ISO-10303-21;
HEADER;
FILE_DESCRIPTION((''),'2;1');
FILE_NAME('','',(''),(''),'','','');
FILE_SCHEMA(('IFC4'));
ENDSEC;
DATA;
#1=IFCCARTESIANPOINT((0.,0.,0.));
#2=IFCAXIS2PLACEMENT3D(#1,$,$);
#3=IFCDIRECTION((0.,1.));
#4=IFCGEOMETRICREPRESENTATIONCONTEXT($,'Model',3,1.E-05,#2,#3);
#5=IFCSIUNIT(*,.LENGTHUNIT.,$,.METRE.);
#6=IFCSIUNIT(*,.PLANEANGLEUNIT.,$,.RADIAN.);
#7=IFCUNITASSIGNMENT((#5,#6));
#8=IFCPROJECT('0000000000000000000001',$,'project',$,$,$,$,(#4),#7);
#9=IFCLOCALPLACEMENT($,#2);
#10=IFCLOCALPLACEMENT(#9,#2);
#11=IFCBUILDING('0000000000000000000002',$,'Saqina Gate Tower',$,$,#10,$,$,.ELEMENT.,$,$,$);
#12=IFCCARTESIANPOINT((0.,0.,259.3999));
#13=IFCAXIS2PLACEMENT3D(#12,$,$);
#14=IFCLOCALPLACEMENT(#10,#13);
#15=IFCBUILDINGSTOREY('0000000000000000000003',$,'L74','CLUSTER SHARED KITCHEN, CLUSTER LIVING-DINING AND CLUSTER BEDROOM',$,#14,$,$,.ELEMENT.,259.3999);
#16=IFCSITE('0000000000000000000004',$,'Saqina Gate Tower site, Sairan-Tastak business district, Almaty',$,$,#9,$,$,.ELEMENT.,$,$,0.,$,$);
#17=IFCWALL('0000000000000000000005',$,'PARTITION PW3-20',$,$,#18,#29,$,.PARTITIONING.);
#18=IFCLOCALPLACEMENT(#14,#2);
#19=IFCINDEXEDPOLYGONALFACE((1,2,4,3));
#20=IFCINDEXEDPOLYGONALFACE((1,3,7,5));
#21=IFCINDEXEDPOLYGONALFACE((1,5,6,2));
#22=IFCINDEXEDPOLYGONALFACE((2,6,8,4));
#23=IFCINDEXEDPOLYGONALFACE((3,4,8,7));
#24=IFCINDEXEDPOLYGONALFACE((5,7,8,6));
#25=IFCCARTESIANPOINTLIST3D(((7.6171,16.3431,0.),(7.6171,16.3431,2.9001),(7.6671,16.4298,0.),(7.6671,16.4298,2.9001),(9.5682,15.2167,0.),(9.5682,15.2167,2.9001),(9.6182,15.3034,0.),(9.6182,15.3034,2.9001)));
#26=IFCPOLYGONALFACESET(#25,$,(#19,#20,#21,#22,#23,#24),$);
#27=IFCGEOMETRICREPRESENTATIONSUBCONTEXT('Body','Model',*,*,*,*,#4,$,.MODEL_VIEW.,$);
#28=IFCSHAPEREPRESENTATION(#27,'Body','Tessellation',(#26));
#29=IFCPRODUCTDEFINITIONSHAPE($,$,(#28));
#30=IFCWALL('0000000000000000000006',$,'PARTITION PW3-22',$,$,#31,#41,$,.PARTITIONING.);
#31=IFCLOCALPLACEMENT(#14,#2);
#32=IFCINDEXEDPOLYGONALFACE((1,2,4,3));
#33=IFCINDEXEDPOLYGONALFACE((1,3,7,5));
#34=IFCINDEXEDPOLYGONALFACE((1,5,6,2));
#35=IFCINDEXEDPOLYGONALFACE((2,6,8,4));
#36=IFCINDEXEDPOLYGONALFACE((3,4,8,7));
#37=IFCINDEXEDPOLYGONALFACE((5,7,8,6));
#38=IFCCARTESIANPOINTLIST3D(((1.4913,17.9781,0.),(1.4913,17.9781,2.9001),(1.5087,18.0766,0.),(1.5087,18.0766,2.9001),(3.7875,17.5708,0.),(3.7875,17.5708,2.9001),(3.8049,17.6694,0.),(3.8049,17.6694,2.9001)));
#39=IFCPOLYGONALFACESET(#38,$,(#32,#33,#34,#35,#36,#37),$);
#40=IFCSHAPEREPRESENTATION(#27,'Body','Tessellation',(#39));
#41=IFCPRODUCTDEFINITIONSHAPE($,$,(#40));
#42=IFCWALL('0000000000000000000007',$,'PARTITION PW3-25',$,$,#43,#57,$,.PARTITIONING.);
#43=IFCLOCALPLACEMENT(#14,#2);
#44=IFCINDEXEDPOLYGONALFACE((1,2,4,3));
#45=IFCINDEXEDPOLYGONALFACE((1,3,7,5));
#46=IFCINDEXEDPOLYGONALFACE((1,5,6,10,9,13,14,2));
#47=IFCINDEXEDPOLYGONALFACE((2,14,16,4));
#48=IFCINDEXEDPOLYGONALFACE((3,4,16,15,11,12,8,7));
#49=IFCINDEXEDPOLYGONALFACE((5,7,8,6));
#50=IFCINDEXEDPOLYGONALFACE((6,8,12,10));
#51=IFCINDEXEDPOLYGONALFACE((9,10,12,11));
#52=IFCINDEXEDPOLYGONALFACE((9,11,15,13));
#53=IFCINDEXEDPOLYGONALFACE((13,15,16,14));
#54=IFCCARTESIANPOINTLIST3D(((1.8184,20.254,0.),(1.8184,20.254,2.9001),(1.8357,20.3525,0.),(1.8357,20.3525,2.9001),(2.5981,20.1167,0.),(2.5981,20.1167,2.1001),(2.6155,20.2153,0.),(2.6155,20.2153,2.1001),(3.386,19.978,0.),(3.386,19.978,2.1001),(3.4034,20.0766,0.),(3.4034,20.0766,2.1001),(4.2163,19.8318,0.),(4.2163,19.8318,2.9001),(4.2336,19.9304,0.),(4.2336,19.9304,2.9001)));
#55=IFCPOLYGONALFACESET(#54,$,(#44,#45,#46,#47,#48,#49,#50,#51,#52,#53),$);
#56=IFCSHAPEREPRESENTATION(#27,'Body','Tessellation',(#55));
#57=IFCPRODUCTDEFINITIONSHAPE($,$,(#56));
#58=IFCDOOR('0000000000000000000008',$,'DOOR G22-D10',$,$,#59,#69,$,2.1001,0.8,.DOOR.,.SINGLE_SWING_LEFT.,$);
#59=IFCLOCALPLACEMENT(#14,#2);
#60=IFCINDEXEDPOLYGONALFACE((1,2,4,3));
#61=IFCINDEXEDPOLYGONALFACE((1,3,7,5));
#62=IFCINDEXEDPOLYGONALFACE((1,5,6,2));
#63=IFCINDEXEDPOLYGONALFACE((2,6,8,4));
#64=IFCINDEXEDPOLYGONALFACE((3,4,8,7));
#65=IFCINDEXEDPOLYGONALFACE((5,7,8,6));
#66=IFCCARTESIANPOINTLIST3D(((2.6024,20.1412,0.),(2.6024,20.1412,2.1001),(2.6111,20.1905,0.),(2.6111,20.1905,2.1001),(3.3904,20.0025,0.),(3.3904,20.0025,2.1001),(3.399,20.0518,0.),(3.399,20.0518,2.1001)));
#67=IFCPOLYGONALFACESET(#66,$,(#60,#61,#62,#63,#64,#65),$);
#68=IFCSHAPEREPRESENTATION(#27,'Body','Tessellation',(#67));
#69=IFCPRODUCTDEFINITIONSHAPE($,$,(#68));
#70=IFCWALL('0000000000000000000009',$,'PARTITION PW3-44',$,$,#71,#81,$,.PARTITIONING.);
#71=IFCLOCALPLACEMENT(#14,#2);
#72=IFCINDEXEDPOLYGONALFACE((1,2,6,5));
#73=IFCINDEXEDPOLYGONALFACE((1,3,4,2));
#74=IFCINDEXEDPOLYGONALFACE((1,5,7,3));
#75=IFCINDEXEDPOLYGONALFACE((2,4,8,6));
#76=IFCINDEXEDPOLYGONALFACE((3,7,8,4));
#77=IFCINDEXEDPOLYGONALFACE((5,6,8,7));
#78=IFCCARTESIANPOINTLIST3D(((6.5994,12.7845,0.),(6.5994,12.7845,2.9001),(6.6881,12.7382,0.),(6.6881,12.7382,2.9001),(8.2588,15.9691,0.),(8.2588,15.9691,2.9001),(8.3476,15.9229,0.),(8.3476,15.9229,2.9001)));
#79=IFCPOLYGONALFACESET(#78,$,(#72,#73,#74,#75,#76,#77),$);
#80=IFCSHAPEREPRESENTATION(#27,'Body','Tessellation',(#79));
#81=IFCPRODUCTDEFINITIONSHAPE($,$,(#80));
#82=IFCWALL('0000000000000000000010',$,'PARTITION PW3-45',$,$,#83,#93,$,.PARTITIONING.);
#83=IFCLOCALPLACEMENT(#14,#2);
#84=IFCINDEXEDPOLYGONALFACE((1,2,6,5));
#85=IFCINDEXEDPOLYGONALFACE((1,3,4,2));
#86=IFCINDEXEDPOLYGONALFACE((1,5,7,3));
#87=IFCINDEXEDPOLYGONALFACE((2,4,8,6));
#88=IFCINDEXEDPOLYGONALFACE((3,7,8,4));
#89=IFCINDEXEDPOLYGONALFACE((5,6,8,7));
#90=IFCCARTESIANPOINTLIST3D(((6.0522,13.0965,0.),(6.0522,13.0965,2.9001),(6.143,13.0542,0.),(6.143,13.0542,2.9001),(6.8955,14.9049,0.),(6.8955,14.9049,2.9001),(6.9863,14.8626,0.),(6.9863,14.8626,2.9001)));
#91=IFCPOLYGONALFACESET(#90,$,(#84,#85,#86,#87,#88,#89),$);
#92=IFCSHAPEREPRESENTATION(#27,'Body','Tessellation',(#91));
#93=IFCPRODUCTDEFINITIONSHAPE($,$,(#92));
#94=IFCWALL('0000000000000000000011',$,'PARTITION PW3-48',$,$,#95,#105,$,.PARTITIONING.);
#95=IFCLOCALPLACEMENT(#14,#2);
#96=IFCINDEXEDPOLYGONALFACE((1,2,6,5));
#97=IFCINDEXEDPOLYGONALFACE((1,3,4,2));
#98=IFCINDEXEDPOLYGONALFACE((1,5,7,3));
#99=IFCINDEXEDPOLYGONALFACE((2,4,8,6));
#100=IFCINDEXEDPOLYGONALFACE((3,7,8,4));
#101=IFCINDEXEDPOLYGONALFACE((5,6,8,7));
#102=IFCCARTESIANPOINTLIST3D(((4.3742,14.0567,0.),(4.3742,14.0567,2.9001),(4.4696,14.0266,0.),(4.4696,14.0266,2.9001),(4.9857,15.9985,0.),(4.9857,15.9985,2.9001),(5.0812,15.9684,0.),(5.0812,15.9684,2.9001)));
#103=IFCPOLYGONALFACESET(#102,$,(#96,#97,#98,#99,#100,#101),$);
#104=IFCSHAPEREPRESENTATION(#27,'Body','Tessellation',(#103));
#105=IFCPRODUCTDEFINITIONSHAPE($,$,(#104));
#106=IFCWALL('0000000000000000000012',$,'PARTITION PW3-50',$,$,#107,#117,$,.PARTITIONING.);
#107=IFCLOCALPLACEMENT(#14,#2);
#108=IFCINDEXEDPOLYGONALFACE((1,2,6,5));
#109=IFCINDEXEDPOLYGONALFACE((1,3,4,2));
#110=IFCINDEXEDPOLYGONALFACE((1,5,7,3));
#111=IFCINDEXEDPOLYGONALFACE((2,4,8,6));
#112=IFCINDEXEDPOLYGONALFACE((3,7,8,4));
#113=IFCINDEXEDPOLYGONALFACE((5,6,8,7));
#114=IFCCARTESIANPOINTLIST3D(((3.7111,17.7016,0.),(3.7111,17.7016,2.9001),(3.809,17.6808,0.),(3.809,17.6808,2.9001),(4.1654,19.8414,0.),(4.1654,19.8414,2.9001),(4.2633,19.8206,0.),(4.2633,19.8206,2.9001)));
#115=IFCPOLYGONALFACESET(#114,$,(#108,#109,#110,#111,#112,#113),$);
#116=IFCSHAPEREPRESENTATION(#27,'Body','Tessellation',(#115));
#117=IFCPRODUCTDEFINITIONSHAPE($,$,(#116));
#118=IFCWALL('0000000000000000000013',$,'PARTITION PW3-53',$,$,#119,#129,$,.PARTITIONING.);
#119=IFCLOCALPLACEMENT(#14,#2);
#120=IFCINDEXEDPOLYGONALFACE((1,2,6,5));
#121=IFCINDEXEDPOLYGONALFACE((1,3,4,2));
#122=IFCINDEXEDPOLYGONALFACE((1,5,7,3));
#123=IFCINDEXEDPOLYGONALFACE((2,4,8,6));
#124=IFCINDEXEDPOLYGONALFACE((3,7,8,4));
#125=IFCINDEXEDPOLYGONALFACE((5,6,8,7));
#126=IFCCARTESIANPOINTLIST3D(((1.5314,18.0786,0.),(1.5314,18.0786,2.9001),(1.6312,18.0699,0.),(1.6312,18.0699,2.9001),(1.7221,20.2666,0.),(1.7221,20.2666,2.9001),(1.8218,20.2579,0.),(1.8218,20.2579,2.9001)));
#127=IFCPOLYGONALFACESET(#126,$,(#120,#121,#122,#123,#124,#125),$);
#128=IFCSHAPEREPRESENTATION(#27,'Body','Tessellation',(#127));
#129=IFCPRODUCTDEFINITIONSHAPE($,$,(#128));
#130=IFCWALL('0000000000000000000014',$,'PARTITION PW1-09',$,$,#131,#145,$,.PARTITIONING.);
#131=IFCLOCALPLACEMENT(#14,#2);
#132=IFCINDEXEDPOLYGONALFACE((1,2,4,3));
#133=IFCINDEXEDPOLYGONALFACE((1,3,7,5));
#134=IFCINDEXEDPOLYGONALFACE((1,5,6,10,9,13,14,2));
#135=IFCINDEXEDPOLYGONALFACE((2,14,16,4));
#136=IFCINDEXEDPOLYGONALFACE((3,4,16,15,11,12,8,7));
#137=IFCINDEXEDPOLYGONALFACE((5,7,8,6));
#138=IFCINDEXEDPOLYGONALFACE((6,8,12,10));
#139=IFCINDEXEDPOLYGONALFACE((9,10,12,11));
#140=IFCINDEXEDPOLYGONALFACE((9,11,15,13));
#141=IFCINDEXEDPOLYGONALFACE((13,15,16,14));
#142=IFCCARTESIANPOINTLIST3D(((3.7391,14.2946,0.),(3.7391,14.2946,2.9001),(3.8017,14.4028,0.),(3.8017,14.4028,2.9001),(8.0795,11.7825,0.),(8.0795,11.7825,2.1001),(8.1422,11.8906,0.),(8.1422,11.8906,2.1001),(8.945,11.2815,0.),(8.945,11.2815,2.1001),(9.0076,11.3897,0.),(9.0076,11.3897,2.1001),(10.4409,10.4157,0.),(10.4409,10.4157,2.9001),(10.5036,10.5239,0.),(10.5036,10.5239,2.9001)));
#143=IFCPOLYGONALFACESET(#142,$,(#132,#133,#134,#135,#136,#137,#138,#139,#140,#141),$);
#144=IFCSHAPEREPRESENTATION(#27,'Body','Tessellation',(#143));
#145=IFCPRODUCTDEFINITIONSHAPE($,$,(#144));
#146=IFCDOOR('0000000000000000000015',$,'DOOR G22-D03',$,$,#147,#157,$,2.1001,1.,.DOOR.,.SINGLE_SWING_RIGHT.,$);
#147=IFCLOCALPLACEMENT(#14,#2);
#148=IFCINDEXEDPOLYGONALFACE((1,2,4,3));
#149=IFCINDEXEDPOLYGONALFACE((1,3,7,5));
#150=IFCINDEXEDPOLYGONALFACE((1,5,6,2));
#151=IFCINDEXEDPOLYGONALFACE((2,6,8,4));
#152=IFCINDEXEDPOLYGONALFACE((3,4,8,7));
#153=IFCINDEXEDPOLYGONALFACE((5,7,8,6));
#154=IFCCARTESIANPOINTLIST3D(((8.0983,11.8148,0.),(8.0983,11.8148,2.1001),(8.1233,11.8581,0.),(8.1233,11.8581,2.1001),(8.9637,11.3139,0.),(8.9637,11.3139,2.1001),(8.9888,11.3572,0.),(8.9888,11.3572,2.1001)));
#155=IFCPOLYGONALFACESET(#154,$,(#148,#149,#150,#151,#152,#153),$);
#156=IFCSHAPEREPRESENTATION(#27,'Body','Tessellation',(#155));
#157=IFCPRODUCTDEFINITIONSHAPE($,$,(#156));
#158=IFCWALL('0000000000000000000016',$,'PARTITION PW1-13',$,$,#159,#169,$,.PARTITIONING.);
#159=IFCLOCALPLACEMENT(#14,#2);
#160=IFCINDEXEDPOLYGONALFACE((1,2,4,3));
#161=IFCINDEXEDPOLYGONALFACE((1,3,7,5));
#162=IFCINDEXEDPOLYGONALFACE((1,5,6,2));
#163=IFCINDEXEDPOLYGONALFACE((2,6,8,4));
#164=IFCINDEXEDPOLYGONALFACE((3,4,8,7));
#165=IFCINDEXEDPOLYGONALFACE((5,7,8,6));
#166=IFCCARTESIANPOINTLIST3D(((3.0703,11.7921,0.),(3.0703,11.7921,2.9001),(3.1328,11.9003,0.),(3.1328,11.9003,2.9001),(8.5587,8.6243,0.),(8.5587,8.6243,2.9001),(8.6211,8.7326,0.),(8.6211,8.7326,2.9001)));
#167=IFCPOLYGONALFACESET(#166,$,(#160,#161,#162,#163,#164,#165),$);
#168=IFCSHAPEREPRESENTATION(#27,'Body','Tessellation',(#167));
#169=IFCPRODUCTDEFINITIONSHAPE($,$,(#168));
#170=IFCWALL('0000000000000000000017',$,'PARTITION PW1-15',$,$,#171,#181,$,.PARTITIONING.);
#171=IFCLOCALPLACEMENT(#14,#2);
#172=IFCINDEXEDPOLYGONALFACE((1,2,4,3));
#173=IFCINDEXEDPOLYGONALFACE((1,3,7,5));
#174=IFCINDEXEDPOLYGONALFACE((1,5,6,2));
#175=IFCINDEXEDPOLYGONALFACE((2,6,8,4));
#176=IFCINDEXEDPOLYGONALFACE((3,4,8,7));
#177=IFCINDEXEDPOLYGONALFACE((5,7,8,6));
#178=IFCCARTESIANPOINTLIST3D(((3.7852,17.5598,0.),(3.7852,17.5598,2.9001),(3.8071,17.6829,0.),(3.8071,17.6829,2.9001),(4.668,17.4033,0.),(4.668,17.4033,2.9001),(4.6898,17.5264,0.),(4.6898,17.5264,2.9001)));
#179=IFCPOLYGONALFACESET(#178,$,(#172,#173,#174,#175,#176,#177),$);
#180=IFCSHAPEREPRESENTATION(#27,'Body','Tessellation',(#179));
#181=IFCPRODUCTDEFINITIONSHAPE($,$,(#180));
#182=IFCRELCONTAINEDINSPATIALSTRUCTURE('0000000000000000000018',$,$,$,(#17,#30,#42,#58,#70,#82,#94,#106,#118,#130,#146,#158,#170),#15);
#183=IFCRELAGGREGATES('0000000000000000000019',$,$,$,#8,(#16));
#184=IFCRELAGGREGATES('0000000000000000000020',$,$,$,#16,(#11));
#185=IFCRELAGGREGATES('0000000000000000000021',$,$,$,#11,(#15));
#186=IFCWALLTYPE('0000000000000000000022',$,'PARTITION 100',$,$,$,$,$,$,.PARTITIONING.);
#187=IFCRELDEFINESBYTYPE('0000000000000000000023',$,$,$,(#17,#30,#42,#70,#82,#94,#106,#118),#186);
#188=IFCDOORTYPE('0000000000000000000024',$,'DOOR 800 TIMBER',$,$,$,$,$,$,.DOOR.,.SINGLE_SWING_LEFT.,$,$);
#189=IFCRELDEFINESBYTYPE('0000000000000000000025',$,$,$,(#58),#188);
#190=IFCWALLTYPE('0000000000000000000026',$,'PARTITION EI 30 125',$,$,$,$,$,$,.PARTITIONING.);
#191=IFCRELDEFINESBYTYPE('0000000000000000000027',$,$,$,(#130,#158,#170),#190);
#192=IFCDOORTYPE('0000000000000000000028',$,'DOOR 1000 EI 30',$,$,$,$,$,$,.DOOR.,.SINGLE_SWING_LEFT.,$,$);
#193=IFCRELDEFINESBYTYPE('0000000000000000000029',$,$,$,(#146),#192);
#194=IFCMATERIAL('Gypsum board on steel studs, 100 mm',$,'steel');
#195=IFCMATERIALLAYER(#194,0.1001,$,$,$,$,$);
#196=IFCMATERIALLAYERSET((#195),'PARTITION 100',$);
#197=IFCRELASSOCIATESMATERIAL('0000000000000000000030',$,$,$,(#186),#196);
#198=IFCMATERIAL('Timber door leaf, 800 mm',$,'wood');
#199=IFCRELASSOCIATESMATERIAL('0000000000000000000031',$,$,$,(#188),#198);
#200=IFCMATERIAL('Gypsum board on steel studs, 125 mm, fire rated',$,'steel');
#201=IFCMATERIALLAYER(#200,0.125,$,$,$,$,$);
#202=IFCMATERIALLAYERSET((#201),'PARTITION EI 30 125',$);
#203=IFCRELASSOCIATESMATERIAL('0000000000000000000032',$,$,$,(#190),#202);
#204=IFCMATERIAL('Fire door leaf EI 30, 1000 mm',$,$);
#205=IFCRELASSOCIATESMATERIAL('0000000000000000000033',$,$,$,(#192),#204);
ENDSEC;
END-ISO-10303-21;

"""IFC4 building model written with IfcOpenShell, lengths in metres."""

from ifc_helpers import new_model, si_unit, direction, frame, frame_2d, origin, place, context, subcontext, project, spatial, rectangle, extrude, material, layer, layer_set, type_object, element, fill, save


model = new_model("IFC4")

# Units and contexts
model_context = context("Model", 3, precision=1e-05, world=origin(), true_north=direction((0.0, 1.0)))
body_context = subcontext(model_context, "Body", "Model", "MODEL_VIEW")
ifc_project = project(units=[si_unit("LENGTHUNIT", "METRE"), si_unit("PLANEANGLEUNIT", "RADIAN")], contexts=[model_context])

# Site, building, storey
site_placement = place(None, origin())
site = spatial("IfcSite", under=ifc_project, at=site_placement, Name="Saqina Gate Tower site, Sairan-Tastak business district, Almaty", CompositionType="ELEMENT", RefElevation=0.0)
building_placement = place(site_placement, origin())
building = spatial("IfcBuilding", under=site, at=building_placement, Name="Saqina Gate Tower", CompositionType="ELEMENT")
storey_placement = place(building_placement, frame((0.0, 0.0, 259.3999)))
storey = spatial("IfcBuildingStorey", under=building, at=storey_placement, Name="L74", Description="CLUSTER SHARED KITCHEN, CLUSTER LIVING-DINING AND CLUSTER BEDROOM", CompositionType="ELEMENT", Elevation=259.3999)

# Shared definitions
ifc_material_1 = material(Name="Gypsum board on steel studs, 100 mm", Category="steel")
ifc_layer_1 = layer(ifc_material_1, 0.1001)
ifc_layer_set_1 = layer_set([ifc_layer_1], Name="PARTITION 100")
wall_type_1 = type_object("IfcWallType", Name="PARTITION 100", PredefinedType="PARTITIONING", material=ifc_layer_set_1)
ifc_material_2 = material(Name="Timber door leaf, 800 mm", Category="wood")
door_type_1 = type_object("IfcDoorType", Name="DOOR 800 TIMBER", OperationType="SINGLE_SWING_LEFT", PredefinedType="DOOR", material=ifc_material_2)

# Walls
wall_1_placement = place(storey_placement, frame((7.6421, 16.3865, 0.0), z_axis=(0.0, 0.0, 1.0), x_axis=(0.866034, -0.499985, 0.0)))
element("IfcWall", 1, at=wall_1_placement, inside=storey, type_object=wall_type_1, Name="PARTITION PW3-20", PredefinedType="PARTITIONING", context=body_context, shape_type="SweptSolid", body=[
    extrude(rectangle(XDim=2.2529, YDim=0.1001, at=frame_2d((1.1265, 0.0))), origin(), (0.0, 0.0, 1.0), 2.9001),
])
wall_2_placement = place(storey_placement, frame((1.5, 18.0273, 0.0), z_axis=(0.0, 0.0, 1.0), x_axis=(0.984635, -0.174627, 0.0)))
element("IfcWall", 2, at=wall_2_placement, inside=storey, type_object=wall_type_1, Name="PARTITION PW3-22", PredefinedType="PARTITIONING", context=body_context, shape_type="SweptSolid", body=[
    extrude(rectangle(XDim=2.332, YDim=0.1001, at=frame_2d((1.166, 0.0))), origin(), (0.0, 0.0, 1.0), 2.9001),
])

# Wall, opening, door
wall_3_placement = place(storey_placement, frame((1.8271, 20.3032, 0.0), z_axis=(0.0, 0.0, 1.0), x_axis=(0.984857, -0.173368, 0.0)))
wall_3 = element("IfcWall", 3, at=wall_3_placement, inside=storey, type_object=wall_type_1, Name="PARTITION PW3-25", PredefinedType="PARTITIONING", context=body_context, shape_type="SweptSolid", body=[
    extrude(rectangle(XDim=2.4348, YDim=0.1001, at=frame_2d((1.2173, 0.0))), origin(), (0.0, 0.0, 1.0), 2.9001),
])
opening_1_placement = place(wall_3_placement, frame((0.7917, 0.0, 0.0)))
opening_1 = element("IfcOpeningElement", 4, at=opening_1_placement, cuts=wall_3, PredefinedType="OPENING", context=body_context, shape_type="SweptSolid", body=[
    extrude(rectangle(XDim=0.8, YDim=2.1001, at=frame_2d((0.3999, 1.05))), frame((0.0, 0.062, 0.0), z_axis=(0.0, -1.0, 0.0), x_axis=(1.0, 0.0, 0.0)), (0.0, 0.0, 1.0), 0.124),
])
door_1_placement = place(opening_1_placement, origin())
door_1 = element("IfcDoor", 5, at=door_1_placement, inside=storey, type_object=door_type_1, Name="DOOR G22-D10", OperationType="SINGLE_SWING_LEFT", OverallHeight=2.1001, OverallWidth=0.8, PredefinedType="DOOR", context=body_context, shape_type="SweptSolid", body=[
    extrude(rectangle(XDim=0.8, YDim=2.1001, at=frame_2d((0.3999, 1.05))), frame((0.0, 0.0249, 0.0), z_axis=(0.0, -1.0, 0.0), x_axis=(1.0, 0.0, 0.0)), (0.0, 0.0, 1.0), 0.05),
])
fill(opening_1, door_1)

# Walls
wall_4_placement = place(storey_placement, frame((6.6438, 12.7615, 0.0), z_axis=(0.0, 0.0, 1.0), x_axis=(0.462108, 0.886824, 0.0)))
element("IfcWall", 6, at=wall_4_placement, inside=storey, type_object=wall_type_1, Name="PARTITION PW3-44", PredefinedType="PARTITIONING", context=body_context, shape_type="SweptSolid", body=[
    extrude(rectangle(XDim=3.5911, YDim=0.1001, at=frame_2d((1.7954, 0.0))), origin(), (0.0, 0.0, 1.0), 2.9001),
])
wall_5_placement = place(storey_placement, frame((6.0977, 13.0754, 0.0), z_axis=(0.0, 0.0, 1.0), x_axis=(0.422624, 0.906305, 0.0)))
element("IfcWall", 7, at=wall_5_placement, inside=storey, type_object=wall_type_1, Name="PARTITION PW3-45", PredefinedType="PARTITIONING", context=body_context, shape_type="SweptSolid", body=[
    extrude(rectangle(XDim=1.9954, YDim=0.1001, at=frame_2d((0.9976, 0.0))), origin(), (0.0, 0.0, 1.0), 2.9001),
])
wall_6_placement = place(storey_placement, frame((4.4219, 14.0415, 0.0), z_axis=(0.0, 0.0, 1.0), x_axis=(0.300391, 0.953816, 0.0)))
element("IfcWall", 8, at=wall_6_placement, inside=storey, type_object=wall_type_1, Name="PARTITION PW3-48", PredefinedType="PARTITIONING", context=body_context, shape_type="SweptSolid", body=[
    extrude(rectangle(XDim=2.0359, YDim=0.1001, at=frame_2d((1.0181, 0.0))), origin(), (0.0, 0.0, 1.0), 2.9001),
])
wall_7_placement = place(storey_placement, frame((3.76, 17.6912, 0.0), z_axis=(0.0, 0.0, 1.0), x_axis=(0.207692, 0.978194, 0.0)))
element("IfcWall", 9, at=wall_7_placement, inside=storey, type_object=wall_type_1, Name="PARTITION PW3-50", PredefinedType="PARTITIONING", context=body_context, shape_type="SweptSolid", body=[
    extrude(rectangle(XDim=2.1875, YDim=0.1001, at=frame_2d((1.0938, 0.0))), origin(), (0.0, 0.0, 1.0), 2.9001),
])
wall_8_placement = place(storey_placement, frame((1.5813, 18.0742, 0.0), z_axis=(0.0, 0.0, 1.0), x_axis=(0.086817, 0.996224, 0.0)))
element("IfcWall", 10, at=wall_8_placement, inside=storey, type_object=wall_type_1, Name="PARTITION PW3-53", PredefinedType="PARTITIONING", context=body_context, shape_type="SweptSolid", body=[
    extrude(rectangle(XDim=2.1963, YDim=0.1001, at=frame_2d((1.0981, 0.0))), origin(), (0.0, 0.0, 1.0), 2.9001),
])

# Wall, opening, door
ifc_material_3 = material(Name="Gypsum board on steel studs, 125 mm, fire rated", Category="steel")
ifc_layer_2 = layer(ifc_material_3, 0.125)
ifc_layer_set_2 = layer_set([ifc_layer_2], Name="PARTITION EI 30 125")
wall_type_2 = type_object("IfcWallType", Name="PARTITION EI 30 125", PredefinedType="PARTITIONING", material=ifc_layer_set_2)
wall_9_placement = place(storey_placement, frame((3.7705, 14.3486, 0.0), z_axis=(0.0, 0.0, 1.0), x_axis=(0.86549, -0.500926, 0.0)))
wall_9 = element("IfcWall", 11, at=wall_9_placement, inside=storey, type_object=wall_type_2, Name="PARTITION PW1-09", PredefinedType="PARTITIONING", context=body_context, shape_type="SweptSolid", body=[
    extrude(rectangle(XDim=7.7434, YDim=0.125, at=frame_2d((3.8716, 0.0))), origin(), (0.0, 0.0, 1.0), 2.9001),
])
opening_2_placement = place(wall_9_placement, frame((5.0149, 0.0, 0.0)))
opening_2 = element("IfcOpeningElement", 12, at=opening_2_placement, cuts=wall_9, PredefinedType="OPENING", context=body_context, shape_type="SweptSolid", body=[
    extrude(rectangle(XDim=1.0, YDim=2.1001, at=frame_2d((0.5, 1.05))), frame((0.0, 0.0745, 0.0), z_axis=(0.0, -1.0, 0.0), x_axis=(1.0, 0.0, 0.0)), (0.0, 0.0, 1.0), 0.1489),
])
ifc_material_4 = material(Name="Fire door leaf EI 30, 1000 mm")
door_type_2 = type_object("IfcDoorType", Name="DOOR 1000 EI 30", OperationType="SINGLE_SWING_LEFT", PredefinedType="DOOR", material=ifc_material_4)
door_2_placement = place(opening_2_placement, origin())
door_2 = element("IfcDoor", 13, at=door_2_placement, inside=storey, type_object=door_type_2, Name="DOOR G22-D03", OperationType="SINGLE_SWING_RIGHT", OverallHeight=2.1001, OverallWidth=1.0, PredefinedType="DOOR", context=body_context, shape_type="SweptSolid", body=[
    extrude(rectangle(XDim=1.0, YDim=2.1001, at=frame_2d((0.5, 1.05))), frame((0.0, 0.0249, 0.0), z_axis=(0.0, -1.0, 0.0), x_axis=(1.0, 0.0, 0.0)), (0.0, 0.0, 1.0), 0.05),
])
fill(opening_2, door_2)

# Walls
wall_10_placement = place(storey_placement, frame((3.1016, 11.8462, 0.0), z_axis=(0.0, 0.0, 1.0), x_axis=(0.866089, -0.499889, 0.0)))
element("IfcWall", 14, at=wall_10_placement, inside=storey, type_object=wall_type_2, Name="PARTITION PW1-13", PredefinedType="PARTITIONING", context=body_context, shape_type="SweptSolid", body=[
    extrude(rectangle(XDim=6.3369, YDim=0.125, at=frame_2d((3.1685, 0.0))), origin(), (0.0, 0.0, 1.0), 2.9001),
])
wall_11_placement = place(storey_placement, frame((3.7961, 17.6213, 0.0), z_axis=(0.0, 0.0, 1.0), x_axis=(0.984649, -0.174546, 0.0)))
element("IfcWall", 15, at=wall_11_placement, inside=storey, type_object=wall_type_2, Name="PARTITION PW1-15", PredefinedType="PARTITIONING", context=body_context, shape_type="SweptSolid", body=[
    extrude(rectangle(XDim=0.8965, YDim=0.125, at=frame_2d((0.4482, 0.0))), origin(), (0.0, 0.0, 1.0), 2.9001),
])

save(model, "model.ifc")
